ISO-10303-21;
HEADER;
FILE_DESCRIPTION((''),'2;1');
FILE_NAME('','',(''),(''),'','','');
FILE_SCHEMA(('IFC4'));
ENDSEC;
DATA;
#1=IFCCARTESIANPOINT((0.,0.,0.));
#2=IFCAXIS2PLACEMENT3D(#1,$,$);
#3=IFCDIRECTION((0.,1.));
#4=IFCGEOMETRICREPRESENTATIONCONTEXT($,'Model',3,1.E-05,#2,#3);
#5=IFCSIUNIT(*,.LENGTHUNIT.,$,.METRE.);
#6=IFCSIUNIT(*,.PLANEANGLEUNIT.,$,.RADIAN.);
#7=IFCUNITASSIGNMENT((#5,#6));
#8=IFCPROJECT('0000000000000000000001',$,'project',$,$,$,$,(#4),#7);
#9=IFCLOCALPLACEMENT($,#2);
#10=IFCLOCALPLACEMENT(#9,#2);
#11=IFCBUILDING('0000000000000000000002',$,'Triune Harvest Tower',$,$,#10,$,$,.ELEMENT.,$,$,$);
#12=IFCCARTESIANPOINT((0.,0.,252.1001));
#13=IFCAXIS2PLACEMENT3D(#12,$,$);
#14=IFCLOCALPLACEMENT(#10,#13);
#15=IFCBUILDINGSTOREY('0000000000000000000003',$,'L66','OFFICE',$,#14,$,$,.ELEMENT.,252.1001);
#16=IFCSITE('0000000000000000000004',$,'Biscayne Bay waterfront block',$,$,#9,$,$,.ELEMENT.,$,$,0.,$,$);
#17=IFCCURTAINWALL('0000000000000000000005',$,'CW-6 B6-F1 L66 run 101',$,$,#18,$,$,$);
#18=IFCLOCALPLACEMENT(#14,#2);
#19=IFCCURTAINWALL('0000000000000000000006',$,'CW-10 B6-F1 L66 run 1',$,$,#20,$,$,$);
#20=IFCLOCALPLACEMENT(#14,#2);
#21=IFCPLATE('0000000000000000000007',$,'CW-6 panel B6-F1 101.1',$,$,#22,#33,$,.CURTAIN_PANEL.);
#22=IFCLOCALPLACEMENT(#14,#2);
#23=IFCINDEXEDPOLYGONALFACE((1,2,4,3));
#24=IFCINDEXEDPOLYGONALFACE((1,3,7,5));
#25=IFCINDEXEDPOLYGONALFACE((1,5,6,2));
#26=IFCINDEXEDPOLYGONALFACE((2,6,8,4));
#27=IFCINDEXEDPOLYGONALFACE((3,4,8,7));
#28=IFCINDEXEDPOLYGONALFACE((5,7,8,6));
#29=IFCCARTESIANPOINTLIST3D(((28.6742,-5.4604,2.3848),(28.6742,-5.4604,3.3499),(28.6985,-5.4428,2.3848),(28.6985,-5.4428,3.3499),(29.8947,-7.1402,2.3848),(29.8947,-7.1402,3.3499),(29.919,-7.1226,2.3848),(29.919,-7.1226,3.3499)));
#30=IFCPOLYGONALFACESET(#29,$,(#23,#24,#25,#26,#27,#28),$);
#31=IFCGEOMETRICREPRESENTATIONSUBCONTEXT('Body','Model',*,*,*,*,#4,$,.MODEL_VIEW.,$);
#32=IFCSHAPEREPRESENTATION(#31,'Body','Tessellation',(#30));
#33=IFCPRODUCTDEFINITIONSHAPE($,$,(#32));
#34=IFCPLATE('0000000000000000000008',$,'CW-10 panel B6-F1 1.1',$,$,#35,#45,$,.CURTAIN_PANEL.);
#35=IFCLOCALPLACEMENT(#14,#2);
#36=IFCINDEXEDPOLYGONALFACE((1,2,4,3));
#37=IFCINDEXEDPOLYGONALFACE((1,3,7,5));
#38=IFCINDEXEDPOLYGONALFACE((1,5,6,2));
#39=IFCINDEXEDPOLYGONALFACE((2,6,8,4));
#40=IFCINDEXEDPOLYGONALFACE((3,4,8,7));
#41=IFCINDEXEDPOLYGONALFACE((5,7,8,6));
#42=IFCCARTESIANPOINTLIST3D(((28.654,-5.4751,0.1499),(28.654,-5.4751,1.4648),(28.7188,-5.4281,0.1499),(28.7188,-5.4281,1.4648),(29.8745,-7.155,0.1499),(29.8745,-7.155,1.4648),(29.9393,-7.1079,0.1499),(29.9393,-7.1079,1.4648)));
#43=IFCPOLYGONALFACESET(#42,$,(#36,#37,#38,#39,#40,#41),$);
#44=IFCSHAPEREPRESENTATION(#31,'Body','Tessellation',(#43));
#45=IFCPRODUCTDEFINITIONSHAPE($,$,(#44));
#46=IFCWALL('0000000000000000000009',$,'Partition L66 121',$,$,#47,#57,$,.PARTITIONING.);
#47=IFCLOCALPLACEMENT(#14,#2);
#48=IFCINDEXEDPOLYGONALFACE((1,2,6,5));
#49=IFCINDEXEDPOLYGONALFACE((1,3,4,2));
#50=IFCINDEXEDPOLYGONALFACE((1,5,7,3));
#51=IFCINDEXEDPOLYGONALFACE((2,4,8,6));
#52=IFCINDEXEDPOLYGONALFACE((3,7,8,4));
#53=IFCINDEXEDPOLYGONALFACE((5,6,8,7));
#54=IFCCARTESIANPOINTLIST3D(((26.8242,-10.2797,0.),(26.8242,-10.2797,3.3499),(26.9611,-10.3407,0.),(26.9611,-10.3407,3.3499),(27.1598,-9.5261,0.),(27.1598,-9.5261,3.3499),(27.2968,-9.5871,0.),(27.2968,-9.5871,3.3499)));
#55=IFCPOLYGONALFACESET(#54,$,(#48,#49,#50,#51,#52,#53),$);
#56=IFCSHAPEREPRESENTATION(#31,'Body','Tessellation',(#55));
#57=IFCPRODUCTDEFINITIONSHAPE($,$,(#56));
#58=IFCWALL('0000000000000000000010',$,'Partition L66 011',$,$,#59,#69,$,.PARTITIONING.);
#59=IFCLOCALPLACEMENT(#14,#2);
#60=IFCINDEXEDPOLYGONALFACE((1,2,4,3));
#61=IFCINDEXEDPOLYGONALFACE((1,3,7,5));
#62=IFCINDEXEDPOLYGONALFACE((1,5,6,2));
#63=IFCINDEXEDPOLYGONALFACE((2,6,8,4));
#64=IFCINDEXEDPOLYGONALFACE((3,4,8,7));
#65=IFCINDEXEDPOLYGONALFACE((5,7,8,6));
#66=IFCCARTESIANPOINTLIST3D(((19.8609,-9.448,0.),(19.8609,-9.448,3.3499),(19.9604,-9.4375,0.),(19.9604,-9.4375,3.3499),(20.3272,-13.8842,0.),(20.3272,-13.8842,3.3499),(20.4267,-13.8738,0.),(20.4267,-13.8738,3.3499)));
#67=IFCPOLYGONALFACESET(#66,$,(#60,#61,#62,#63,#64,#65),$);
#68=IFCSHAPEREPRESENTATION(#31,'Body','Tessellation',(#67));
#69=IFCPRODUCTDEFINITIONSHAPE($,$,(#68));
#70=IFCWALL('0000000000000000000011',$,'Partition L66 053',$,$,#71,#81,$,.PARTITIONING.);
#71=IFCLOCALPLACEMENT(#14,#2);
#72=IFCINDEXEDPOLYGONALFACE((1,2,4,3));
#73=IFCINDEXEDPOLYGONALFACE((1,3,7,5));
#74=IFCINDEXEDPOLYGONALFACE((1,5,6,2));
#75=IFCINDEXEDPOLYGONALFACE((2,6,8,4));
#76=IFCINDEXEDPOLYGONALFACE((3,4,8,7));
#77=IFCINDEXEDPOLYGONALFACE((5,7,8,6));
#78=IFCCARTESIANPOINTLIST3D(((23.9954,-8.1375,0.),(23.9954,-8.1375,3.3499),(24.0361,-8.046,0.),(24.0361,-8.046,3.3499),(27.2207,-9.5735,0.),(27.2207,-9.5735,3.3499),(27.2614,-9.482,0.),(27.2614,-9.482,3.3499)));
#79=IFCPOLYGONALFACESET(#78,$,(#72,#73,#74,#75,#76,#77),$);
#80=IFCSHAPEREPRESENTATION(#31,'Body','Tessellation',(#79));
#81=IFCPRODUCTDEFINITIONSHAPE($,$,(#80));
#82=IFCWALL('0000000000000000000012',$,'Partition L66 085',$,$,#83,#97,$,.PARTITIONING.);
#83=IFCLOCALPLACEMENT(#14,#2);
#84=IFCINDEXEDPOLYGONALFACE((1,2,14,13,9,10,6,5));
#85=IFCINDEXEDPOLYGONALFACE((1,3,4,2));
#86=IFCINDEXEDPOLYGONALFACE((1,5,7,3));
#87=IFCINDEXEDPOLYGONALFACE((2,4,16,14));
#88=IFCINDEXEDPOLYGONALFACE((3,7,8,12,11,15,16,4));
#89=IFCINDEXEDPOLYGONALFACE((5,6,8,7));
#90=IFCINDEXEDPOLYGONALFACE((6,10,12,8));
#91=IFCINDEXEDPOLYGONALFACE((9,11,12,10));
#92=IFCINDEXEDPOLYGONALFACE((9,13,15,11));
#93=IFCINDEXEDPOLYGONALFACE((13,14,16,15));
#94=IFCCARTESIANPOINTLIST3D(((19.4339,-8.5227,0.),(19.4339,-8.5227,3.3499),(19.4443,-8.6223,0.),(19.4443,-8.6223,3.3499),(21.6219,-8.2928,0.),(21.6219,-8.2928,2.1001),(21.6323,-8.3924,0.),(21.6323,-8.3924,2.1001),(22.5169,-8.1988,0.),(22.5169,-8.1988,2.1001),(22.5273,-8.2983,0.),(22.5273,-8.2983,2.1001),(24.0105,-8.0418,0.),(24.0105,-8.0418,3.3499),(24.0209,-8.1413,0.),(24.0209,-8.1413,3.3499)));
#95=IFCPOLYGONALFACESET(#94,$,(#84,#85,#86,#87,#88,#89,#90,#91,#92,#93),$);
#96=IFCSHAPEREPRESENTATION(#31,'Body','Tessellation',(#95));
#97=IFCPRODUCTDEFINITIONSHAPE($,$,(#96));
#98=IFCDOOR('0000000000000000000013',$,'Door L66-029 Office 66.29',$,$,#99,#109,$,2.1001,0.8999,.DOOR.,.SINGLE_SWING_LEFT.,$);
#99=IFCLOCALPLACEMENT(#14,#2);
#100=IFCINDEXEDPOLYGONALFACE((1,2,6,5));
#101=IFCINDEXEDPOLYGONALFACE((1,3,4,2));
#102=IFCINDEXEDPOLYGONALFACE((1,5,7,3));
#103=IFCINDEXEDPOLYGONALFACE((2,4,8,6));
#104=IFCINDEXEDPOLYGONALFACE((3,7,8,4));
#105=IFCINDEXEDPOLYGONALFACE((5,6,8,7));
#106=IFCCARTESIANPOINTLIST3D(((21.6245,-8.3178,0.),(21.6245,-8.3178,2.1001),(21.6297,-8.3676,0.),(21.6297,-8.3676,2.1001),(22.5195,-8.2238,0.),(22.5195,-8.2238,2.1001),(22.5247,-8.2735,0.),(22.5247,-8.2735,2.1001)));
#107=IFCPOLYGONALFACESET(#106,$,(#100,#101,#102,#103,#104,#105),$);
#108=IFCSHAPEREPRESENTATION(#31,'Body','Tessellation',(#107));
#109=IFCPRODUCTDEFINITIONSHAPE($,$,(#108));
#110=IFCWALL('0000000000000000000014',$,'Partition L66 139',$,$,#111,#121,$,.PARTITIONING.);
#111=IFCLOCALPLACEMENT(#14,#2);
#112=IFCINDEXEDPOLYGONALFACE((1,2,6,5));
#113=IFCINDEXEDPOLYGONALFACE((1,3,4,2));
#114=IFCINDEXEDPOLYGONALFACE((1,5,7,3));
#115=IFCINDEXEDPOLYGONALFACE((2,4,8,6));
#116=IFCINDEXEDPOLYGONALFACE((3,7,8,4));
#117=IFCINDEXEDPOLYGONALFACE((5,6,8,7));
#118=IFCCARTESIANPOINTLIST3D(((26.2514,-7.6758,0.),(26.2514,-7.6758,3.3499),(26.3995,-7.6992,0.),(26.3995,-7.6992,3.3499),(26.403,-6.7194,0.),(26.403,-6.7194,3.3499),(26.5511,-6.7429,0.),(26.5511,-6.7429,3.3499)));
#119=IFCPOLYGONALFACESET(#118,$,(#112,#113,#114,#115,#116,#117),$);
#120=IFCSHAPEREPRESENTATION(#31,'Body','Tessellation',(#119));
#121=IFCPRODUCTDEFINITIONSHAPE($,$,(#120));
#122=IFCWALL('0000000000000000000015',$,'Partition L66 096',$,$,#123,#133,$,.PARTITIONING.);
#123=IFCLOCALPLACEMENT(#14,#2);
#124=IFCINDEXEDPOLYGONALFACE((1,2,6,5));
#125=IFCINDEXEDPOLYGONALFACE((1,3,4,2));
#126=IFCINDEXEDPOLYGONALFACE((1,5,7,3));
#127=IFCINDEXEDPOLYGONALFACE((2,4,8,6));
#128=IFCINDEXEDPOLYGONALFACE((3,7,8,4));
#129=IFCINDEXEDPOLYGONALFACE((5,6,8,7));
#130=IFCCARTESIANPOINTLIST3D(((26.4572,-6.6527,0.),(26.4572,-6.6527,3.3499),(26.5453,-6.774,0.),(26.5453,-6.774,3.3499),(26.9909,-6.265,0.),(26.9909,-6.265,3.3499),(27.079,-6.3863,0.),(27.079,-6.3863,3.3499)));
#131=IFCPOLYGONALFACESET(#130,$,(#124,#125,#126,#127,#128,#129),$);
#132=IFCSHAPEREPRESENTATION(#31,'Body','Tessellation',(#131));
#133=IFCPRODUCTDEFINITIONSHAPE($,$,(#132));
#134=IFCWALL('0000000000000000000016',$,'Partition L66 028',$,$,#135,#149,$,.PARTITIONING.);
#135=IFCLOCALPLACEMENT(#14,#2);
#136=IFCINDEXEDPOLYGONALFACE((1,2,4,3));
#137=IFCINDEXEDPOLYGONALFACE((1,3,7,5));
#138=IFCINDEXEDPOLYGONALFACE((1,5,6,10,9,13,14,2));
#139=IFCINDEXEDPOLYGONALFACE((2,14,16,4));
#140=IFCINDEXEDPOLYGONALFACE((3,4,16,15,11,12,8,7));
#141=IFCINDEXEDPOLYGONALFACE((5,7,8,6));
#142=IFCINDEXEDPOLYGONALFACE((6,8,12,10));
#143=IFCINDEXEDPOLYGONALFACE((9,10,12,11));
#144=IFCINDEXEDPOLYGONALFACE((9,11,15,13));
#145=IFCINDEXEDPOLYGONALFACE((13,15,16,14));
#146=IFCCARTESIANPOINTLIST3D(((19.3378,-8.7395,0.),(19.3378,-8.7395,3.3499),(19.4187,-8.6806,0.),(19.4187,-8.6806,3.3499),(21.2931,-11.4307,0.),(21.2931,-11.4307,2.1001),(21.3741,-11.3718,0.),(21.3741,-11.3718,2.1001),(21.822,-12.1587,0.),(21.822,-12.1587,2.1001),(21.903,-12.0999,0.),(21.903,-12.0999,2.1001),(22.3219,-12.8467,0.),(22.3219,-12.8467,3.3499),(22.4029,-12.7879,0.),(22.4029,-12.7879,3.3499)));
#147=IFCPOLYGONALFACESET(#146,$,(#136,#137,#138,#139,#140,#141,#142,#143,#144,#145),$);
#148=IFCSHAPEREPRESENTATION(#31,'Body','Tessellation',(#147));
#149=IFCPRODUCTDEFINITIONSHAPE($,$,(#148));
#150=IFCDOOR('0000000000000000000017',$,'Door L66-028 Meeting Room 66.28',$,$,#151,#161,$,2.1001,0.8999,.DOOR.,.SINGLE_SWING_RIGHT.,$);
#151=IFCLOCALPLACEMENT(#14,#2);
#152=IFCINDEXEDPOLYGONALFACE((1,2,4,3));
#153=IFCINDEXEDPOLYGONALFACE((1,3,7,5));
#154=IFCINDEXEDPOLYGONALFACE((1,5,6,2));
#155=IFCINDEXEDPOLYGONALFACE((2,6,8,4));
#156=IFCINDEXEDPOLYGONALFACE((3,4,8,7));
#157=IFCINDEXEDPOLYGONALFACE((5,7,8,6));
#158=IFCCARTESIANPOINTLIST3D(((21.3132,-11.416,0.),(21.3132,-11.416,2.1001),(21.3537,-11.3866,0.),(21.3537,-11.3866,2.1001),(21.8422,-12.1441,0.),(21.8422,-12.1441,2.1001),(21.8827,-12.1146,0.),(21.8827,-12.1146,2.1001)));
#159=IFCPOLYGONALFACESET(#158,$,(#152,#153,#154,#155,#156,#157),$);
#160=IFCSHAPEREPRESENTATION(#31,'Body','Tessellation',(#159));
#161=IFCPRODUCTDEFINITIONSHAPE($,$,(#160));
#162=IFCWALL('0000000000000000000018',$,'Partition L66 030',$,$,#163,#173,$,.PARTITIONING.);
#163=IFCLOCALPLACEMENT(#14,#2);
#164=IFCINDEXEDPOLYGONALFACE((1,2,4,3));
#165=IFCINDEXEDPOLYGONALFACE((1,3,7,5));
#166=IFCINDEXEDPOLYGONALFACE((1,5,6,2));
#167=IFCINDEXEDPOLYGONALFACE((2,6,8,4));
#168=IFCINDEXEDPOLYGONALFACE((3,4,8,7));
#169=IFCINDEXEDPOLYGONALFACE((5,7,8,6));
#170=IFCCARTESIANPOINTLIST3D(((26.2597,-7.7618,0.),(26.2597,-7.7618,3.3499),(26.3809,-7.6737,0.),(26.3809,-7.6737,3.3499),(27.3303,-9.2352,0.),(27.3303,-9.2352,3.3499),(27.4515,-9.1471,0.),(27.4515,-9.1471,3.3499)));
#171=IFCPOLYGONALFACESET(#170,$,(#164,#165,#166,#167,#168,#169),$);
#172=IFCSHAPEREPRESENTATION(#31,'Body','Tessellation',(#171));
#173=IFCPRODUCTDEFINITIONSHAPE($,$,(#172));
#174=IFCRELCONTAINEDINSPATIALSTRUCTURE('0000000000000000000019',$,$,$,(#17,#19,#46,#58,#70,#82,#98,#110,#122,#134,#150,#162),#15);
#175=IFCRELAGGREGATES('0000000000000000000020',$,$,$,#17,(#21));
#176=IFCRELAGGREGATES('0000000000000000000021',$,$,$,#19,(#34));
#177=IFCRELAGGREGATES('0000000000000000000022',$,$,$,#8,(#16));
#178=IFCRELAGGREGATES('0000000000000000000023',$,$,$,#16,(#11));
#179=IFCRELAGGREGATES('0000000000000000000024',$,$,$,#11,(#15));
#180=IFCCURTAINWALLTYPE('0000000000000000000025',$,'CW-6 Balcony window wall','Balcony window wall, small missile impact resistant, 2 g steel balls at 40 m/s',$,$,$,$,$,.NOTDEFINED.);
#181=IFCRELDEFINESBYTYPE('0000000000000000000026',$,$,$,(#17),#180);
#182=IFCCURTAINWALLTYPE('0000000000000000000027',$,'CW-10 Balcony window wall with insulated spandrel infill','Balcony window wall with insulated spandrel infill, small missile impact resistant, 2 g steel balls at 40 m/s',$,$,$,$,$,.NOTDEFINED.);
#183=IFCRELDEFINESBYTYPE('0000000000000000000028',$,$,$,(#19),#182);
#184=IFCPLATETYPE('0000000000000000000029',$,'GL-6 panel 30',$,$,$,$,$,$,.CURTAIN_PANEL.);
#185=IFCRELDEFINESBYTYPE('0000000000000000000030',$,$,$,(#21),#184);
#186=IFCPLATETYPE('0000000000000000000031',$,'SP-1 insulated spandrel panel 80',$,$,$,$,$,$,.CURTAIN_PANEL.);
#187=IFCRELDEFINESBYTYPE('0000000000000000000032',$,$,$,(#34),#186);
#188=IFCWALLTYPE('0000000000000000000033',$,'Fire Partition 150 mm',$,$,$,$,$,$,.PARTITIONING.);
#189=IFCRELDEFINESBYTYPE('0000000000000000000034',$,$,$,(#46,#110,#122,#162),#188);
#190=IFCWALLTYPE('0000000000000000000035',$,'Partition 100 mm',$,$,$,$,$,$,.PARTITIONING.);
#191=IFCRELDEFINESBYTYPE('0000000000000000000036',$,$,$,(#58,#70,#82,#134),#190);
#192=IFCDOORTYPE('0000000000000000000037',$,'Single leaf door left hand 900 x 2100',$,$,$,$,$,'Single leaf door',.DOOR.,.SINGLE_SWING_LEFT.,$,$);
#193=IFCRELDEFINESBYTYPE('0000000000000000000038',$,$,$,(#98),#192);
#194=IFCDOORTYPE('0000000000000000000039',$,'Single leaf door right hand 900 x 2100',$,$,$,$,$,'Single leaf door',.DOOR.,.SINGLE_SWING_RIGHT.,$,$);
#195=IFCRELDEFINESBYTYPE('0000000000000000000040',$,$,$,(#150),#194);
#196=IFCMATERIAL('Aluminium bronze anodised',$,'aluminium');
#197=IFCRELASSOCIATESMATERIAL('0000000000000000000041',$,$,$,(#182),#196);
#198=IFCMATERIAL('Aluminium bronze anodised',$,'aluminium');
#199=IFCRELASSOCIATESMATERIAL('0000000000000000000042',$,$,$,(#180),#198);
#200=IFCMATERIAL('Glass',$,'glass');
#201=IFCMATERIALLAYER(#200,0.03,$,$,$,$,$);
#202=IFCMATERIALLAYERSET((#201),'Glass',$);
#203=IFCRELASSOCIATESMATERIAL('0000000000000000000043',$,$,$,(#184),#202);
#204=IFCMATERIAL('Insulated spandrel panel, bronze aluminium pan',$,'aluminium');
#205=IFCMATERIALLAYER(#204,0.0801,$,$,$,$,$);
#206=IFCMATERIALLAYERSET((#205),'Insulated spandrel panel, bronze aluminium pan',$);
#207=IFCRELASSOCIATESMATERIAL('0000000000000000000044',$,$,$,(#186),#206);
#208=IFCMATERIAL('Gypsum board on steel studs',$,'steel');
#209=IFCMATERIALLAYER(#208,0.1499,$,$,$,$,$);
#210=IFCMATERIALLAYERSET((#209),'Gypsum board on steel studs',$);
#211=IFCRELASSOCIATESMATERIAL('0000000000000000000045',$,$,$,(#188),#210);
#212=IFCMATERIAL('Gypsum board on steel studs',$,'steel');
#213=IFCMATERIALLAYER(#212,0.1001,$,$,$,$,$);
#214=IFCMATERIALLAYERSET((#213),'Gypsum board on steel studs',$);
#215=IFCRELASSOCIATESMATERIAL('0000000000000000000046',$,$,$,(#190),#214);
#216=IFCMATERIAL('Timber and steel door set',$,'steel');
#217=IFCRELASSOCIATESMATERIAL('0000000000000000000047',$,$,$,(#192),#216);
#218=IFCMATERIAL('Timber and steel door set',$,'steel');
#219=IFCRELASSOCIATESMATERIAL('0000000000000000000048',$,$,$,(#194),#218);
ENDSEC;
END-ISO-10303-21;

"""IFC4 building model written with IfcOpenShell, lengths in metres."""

from ifc_helpers import new_model, si_unit, direction, frame, frame_2d, origin, origin_2d, place, context, subcontext, project, spatial, rectangle, extrude, source, transform, mapped, material, layer, layer_set, type_object, element, fill, aggregate, save


model = new_model("IFC4")

# Units and contexts
model_context = context("Model", 3, precision=1e-05, world=origin(), true_north=direction((0.0, 1.0)))
body_context = subcontext(model_context, "Body", "Model", "MODEL_VIEW")
ifc_project = project(units=[si_unit("LENGTHUNIT", "METRE"), si_unit("PLANEANGLEUNIT", "RADIAN")], contexts=[model_context])

# Site, building, storey
site_placement = place(None, origin())
site = spatial("IfcSite", under=ifc_project, at=site_placement, Name="Biscayne Bay waterfront block", CompositionType="ELEMENT", RefElevation=0.0)
building_placement = place(site_placement, origin())
building = spatial("IfcBuilding", under=site, at=building_placement, Name="Triune Harvest Tower", CompositionType="ELEMENT")
storey_placement = place(building_placement, frame((0.0, 0.0, 252.1001)))
storey = spatial("IfcBuildingStorey", under=building, at=storey_placement, Name="L66", Description="OFFICE", CompositionType="ELEMENT", Elevation=252.1001)

# Shared definitions
ifc_material_1 = material(Name="Aluminium bronze anodised", Category="aluminium")
curtain_wall_type_1 = type_object("IfcCurtainWallType", Name="CW-10 Balcony window wall with insulated spandrel infill", Description="Balcony window wall with insulated spandrel infill, small missile impact resistant, 2 g steel balls at 40 m/s", PredefinedType="NOTDEFINED", material=ifc_material_1)

# Curtain wall
ifc_material_2 = material(Name="Aluminium bronze anodised", Category="aluminium")
curtain_wall_type_2 = type_object("IfcCurtainWallType", Name="CW-6 Balcony window wall", Description="Balcony window wall, small missile impact resistant, 2 g steel balls at 40 m/s", PredefinedType="NOTDEFINED", material=ifc_material_2)
curtain_wall_1_placement = place(storey_placement, origin())
curtain_wall_1 = element("IfcCurtainWall", 1, at=curtain_wall_1_placement, inside=storey, type_object=curtain_wall_type_2, Name="CW-6 B6-F1 L66 run 101")

# Curtain wall
curtain_wall_2_placement = place(storey_placement, origin())
curtain_wall_2 = element("IfcCurtainWall", 2, at=curtain_wall_2_placement, inside=storey, type_object=curtain_wall_type_1, Name="CW-10 B6-F1 L66 run 1")

# Plates
ifc_material_3 = material(Name="Glass", Category="glass")
ifc_layer_1 = layer(ifc_material_3, 0.03)
ifc_layer_set_1 = layer_set([ifc_layer_1], Name="Glass")
plate_type_1 = type_object("IfcPlateType", Name="GL-6 panel 30", PredefinedType="CURTAIN_PANEL", material=ifc_layer_set_1)
plate_1_placement = place(storey_placement, frame((29.2966, -6.2915, 2.3848), z_axis=(0.0, 0.0, 1.0), x_axis=(-0.5878, 0.809006, 0.0)))
plate_1 = element("IfcPlate", 3, at=plate_1_placement, type_object=plate_type_1, Name="CW-6 panel B6-F1 101.1", PredefinedType="CURTAIN_PANEL", context=body_context, shape_type="SweptSolid", body=[
    extrude(rectangle(XDim=2.0764, YDim=0.03, at=origin_2d()), origin(), (0.0, 0.0, 1.0), 0.9651),
])
aggregate(curtain_wall_1, [plate_1])
ifc_material_4 = material(Name="Insulated spandrel panel, bronze aluminium pan", Category="aluminium")
ifc_layer_2 = layer(ifc_material_4, 0.0801)
ifc_layer_set_2 = layer_set([ifc_layer_2], Name="Insulated spandrel panel, bronze aluminium pan")
plate_type_2 = type_object("IfcPlateType", Name="SP-1 insulated spandrel panel 80", PredefinedType="CURTAIN_PANEL", material=ifc_layer_set_2)
plate_2_placement = place(storey_placement, frame((29.2966, -6.2915, 0.1499), z_axis=(0.0, 0.0, 1.0), x_axis=(-0.5878, 0.809006, 0.0)))
plate_2 = element("IfcPlate", 4, at=plate_2_placement, type_object=plate_type_2, Name="CW-10 panel B6-F1 1.1", PredefinedType="CURTAIN_PANEL", context=body_context, shape_type="SweptSolid", body=[
    extrude(rectangle(XDim=2.0764, YDim=0.0801, at=origin_2d()), origin(), (0.0, 0.0, 1.0), 1.3149),
])
aggregate(curtain_wall_2, [plate_2])

# Walls
ifc_material_5 = material(Name="Gypsum board on steel studs", Category="steel")
ifc_layer_3 = layer(ifc_material_5, 0.1499)
ifc_layer_set_3 = layer_set([ifc_layer_3], Name="Gypsum board on steel studs")
wall_type_1 = type_object("IfcWallType", Name="Fire Partition 150 mm", PredefinedType="PARTITIONING", material=ifc_layer_set_3)
wall_1_placement = place(storey_placement, frame((26.8926, -10.3103, 0.0), z_axis=(0.0, 0.0, 1.0), x_axis=(0.40688, 0.913482, 0.0)))
element("IfcWall", 5, at=wall_1_placement, inside=storey, type_object=wall_type_1, Name="Partition L66 121", PredefinedType="PARTITIONING", context=body_context, shape_type="SweptSolid", body=[
    extrude(rectangle(XDim=0.825, YDim=0.1499, at=frame_2d((0.4126, 0.0))), origin(), (0.0, 0.0, 1.0), 3.3499),
])
ifc_material_6 = material(Name="Gypsum board on steel studs", Category="steel")
ifc_layer_4 = layer(ifc_material_6, 0.1001)
ifc_layer_set_4 = layer_set([ifc_layer_4], Name="Gypsum board on steel studs")
wall_type_2 = type_object("IfcWallType", Name="Partition 100 mm", PredefinedType="PARTITIONING", material=ifc_layer_set_4)
wall_2_placement = place(storey_placement, frame((19.9106, -9.4426, 0.0), z_axis=(0.0, 0.0, 1.0), x_axis=(0.104537, -0.994521, 0.0)))
element("IfcWall", 6, at=wall_2_placement, inside=storey, type_object=wall_type_2, Name="Partition L66 011", PredefinedType="PARTITIONING", context=body_context, shape_type="SweptSolid", body=[
    extrude(rectangle(XDim=4.4607, YDim=0.1001, at=frame_2d((2.2305, 0.0))), origin(), (0.0, 0.0, 1.0), 3.3499),
])
wall_3_placement = place(storey_placement, frame((24.0159, -8.0918, 0.0), z_axis=(0.0, 0.0, 1.0), x_axis=(0.913543, -0.406741, 0.0)))
element("IfcWall", 7, at=wall_3_placement, inside=storey, type_object=wall_type_2, Name="Partition L66 053", PredefinedType="PARTITIONING", context=body_context, shape_type="SweptSolid", body=[
    extrude(rectangle(XDim=3.5305, YDim=0.1001, at=frame_2d((1.7651, 0.0))), origin(), (0.0, 0.0, 1.0), 3.3499),
])

# Wall, opening, door
wall_4_placement = place(storey_placement, frame((19.4392, -8.5725, 0.0), z_axis=(0.0, 0.0, 1.0), x_axis=(0.994523, 0.104514, 0.0)))
wall_4 = element("IfcWall", 8, at=wall_4_placement, inside=storey, type_object=wall_type_2, Name="Partition L66 085", PredefinedType="PARTITIONING", context=body_context, shape_type="SweptSolid", body=[
    extrude(rectangle(XDim=4.6018, YDim=0.1001, at=frame_2d((2.3008, 0.0))), origin(), (0.0, 0.0, 1.0), 3.3499),
])
opening_1_placement = place(wall_4_placement, frame((2.2, 0.0, 0.0)))
opening_1 = element("IfcOpeningElement", 9, at=opening_1_placement, cuts=wall_4, PredefinedType="OPENING", context=body_context, shape_type="SweptSolid", body=[
    extrude(rectangle(XDim=0.8999, YDim=2.1001, at=frame_2d((0.45, 1.05))), frame((0.0, 0.0601, 0.0), z_axis=(0.0, -1.0, 0.0), x_axis=(1.0, 0.0, 0.0)), (0.0, 0.0, 1.0), 0.1201),
])
ifc_material_7 = material(Name="Timber and steel door set", Category="steel")
door_type_1 = type_object("IfcDoorType", Name="Single leaf door left hand 900 x 2100", ElementType="Single leaf door", OperationType="SINGLE_SWING_LEFT", PredefinedType="DOOR", material=ifc_material_7)
door_1_placement = place(opening_1_placement, origin())
door_1 = element("IfcDoor", 10, at=door_1_placement, inside=storey, type_object=door_type_1, Name="Door L66-029 Office 66.29", OperationType="SINGLE_SWING_LEFT", OverallHeight=2.1001, OverallWidth=0.8999, PredefinedType="DOOR", context=body_context, shape_type="SweptSolid", body=[
    extrude(rectangle(XDim=0.8999, YDim=2.1001, at=frame_2d((0.45, 1.05))), frame((0.0, 0.0249, 0.0), z_axis=(0.0, -1.0, 0.0), x_axis=(1.0, 0.0, 0.0)), (0.0, 0.0, 1.0), 0.05),
])
fill(opening_1, door_1)

# Walls
shared_shape_1 = source(origin(), body_context, "Body", "SweptSolid", [
    extrude(rectangle(XDim=0.9683, YDim=0.1499, at=frame_2d((0.4841, 0.0))), origin(), (0.0, 0.0, 1.0), 3.3499),
])
wall_5_placement = place(storey_placement, frame((26.3254, -7.6875, 0.0), z_axis=(0.0, 0.0, 1.0), x_axis=(0.156584, 0.987665, 0.0)))
element("IfcWall", 11, at=wall_5_placement, inside=storey, type_object=wall_type_1, Name="Partition L66 139", PredefinedType="PARTITIONING", context=body_context, shape_type="MappedRepresentation", body=[
    mapped(shared_shape_1, transform((0.0, 0.0, 0.0), scale=1.0)),
])
shared_shape_2 = source(origin(), body_context, "Body", "SweptSolid", [
    extrude(rectangle(XDim=0.6597, YDim=0.1499, at=frame_2d((0.3298, 0.0))), origin(), (0.0, 0.0, 1.0), 3.3499),
])
wall_6_placement = place(storey_placement, frame((26.5012, -6.7134, 0.0), z_axis=(0.0, 0.0, 1.0), x_axis=(0.809056, 0.587731, 0.0)))
element("IfcWall", 12, at=wall_6_placement, inside=storey, type_object=wall_type_1, Name="Partition L66 096", PredefinedType="PARTITIONING", context=body_context, shape_type="MappedRepresentation", body=[
    mapped(shared_shape_2, transform((0.0, 0.0, 0.0), scale=1.0)),
])

# Wall, opening, door
shared_shape_3 = source(origin(), body_context, "Body", "SweptSolid", [
    extrude(rectangle(XDim=5.0769, YDim=0.1001, at=frame_2d((2.5386, 0.0))), origin(), (0.0, 0.0, 1.0), 3.3499),
])
wall_7_placement = place(storey_placement, frame((19.3782, -8.71, 0.0), z_axis=(0.0, 0.0, 1.0), x_axis=(0.587797, -0.809008, 0.0)))
wall_7 = element("IfcWall", 13, at=wall_7_placement, inside=storey, type_object=wall_type_2, Name="Partition L66 028", PredefinedType="PARTITIONING", context=body_context, shape_type="MappedRepresentation", body=[
    mapped(shared_shape_3, transform((0.0, 0.0, 0.0), scale=1.0)),
])
opening_2_placement = place(wall_7_placement, frame((3.3267, 0.0, 0.0)))
opening_2 = element("IfcOpeningElement", 14, at=opening_2_placement, cuts=wall_7, PredefinedType="OPENING", context=body_context, shape_type="SweptSolid", body=[
    extrude(rectangle(XDim=0.8999, YDim=2.1001, at=frame_2d((0.45, 1.05))), frame((0.0, 0.0601, 0.0), z_axis=(0.0, -1.0, 0.0), x_axis=(1.0, 0.0, 0.0)), (0.0, 0.0, 1.0), 0.1201),
])
ifc_material_8 = material(Name="Timber and steel door set", Category="steel")
door_type_2 = type_object("IfcDoorType", Name="Single leaf door right hand 900 x 2100", ElementType="Single leaf door", OperationType="SINGLE_SWING_RIGHT", PredefinedType="DOOR", material=ifc_material_8)
door_2_placement = place(opening_2_placement, origin())
door_2 = element("IfcDoor", 15, at=door_2_placement, inside=storey, type_object=door_type_2, Name="Door L66-028 Meeting Room 66.28", OperationType="SINGLE_SWING_RIGHT", OverallHeight=2.1001, OverallWidth=0.8999, PredefinedType="DOOR", context=body_context, shape_type="SweptSolid", body=[
    extrude(rectangle(XDim=0.8999, YDim=2.1001, at=frame_2d((0.45, 1.05))), frame((0.0, 0.0249, 0.0), z_axis=(0.0, -1.0, 0.0), x_axis=(1.0, 0.0, 0.0)), (0.0, 0.0, 1.0), 0.05),
])
fill(opening_2, door_2)

# Wall
shared_shape_4 = source(origin(), body_context, "Body", "SweptSolid", [
    extrude(rectangle(XDim=1.8213, YDim=0.1499, at=frame_2d((0.9106, 0.0))), origin(), (0.0, 0.0, 1.0), 3.3499),
])
wall_8_placement = place(storey_placement, frame((26.3203, -7.7178, 0.0), z_axis=(0.0, 0.0, 1.0), x_axis=(0.587813, -0.808997, 0.0)))
element("IfcWall", 16, at=wall_8_placement, inside=storey, type_object=wall_type_1, Name="Partition L66 030", PredefinedType="PARTITIONING", context=body_context, shape_type="MappedRepresentation", body=[
    mapped(shared_shape_4, transform((0.0, 0.0, 0.0), scale=1.0)),
])

save(model, "model.ifc")
